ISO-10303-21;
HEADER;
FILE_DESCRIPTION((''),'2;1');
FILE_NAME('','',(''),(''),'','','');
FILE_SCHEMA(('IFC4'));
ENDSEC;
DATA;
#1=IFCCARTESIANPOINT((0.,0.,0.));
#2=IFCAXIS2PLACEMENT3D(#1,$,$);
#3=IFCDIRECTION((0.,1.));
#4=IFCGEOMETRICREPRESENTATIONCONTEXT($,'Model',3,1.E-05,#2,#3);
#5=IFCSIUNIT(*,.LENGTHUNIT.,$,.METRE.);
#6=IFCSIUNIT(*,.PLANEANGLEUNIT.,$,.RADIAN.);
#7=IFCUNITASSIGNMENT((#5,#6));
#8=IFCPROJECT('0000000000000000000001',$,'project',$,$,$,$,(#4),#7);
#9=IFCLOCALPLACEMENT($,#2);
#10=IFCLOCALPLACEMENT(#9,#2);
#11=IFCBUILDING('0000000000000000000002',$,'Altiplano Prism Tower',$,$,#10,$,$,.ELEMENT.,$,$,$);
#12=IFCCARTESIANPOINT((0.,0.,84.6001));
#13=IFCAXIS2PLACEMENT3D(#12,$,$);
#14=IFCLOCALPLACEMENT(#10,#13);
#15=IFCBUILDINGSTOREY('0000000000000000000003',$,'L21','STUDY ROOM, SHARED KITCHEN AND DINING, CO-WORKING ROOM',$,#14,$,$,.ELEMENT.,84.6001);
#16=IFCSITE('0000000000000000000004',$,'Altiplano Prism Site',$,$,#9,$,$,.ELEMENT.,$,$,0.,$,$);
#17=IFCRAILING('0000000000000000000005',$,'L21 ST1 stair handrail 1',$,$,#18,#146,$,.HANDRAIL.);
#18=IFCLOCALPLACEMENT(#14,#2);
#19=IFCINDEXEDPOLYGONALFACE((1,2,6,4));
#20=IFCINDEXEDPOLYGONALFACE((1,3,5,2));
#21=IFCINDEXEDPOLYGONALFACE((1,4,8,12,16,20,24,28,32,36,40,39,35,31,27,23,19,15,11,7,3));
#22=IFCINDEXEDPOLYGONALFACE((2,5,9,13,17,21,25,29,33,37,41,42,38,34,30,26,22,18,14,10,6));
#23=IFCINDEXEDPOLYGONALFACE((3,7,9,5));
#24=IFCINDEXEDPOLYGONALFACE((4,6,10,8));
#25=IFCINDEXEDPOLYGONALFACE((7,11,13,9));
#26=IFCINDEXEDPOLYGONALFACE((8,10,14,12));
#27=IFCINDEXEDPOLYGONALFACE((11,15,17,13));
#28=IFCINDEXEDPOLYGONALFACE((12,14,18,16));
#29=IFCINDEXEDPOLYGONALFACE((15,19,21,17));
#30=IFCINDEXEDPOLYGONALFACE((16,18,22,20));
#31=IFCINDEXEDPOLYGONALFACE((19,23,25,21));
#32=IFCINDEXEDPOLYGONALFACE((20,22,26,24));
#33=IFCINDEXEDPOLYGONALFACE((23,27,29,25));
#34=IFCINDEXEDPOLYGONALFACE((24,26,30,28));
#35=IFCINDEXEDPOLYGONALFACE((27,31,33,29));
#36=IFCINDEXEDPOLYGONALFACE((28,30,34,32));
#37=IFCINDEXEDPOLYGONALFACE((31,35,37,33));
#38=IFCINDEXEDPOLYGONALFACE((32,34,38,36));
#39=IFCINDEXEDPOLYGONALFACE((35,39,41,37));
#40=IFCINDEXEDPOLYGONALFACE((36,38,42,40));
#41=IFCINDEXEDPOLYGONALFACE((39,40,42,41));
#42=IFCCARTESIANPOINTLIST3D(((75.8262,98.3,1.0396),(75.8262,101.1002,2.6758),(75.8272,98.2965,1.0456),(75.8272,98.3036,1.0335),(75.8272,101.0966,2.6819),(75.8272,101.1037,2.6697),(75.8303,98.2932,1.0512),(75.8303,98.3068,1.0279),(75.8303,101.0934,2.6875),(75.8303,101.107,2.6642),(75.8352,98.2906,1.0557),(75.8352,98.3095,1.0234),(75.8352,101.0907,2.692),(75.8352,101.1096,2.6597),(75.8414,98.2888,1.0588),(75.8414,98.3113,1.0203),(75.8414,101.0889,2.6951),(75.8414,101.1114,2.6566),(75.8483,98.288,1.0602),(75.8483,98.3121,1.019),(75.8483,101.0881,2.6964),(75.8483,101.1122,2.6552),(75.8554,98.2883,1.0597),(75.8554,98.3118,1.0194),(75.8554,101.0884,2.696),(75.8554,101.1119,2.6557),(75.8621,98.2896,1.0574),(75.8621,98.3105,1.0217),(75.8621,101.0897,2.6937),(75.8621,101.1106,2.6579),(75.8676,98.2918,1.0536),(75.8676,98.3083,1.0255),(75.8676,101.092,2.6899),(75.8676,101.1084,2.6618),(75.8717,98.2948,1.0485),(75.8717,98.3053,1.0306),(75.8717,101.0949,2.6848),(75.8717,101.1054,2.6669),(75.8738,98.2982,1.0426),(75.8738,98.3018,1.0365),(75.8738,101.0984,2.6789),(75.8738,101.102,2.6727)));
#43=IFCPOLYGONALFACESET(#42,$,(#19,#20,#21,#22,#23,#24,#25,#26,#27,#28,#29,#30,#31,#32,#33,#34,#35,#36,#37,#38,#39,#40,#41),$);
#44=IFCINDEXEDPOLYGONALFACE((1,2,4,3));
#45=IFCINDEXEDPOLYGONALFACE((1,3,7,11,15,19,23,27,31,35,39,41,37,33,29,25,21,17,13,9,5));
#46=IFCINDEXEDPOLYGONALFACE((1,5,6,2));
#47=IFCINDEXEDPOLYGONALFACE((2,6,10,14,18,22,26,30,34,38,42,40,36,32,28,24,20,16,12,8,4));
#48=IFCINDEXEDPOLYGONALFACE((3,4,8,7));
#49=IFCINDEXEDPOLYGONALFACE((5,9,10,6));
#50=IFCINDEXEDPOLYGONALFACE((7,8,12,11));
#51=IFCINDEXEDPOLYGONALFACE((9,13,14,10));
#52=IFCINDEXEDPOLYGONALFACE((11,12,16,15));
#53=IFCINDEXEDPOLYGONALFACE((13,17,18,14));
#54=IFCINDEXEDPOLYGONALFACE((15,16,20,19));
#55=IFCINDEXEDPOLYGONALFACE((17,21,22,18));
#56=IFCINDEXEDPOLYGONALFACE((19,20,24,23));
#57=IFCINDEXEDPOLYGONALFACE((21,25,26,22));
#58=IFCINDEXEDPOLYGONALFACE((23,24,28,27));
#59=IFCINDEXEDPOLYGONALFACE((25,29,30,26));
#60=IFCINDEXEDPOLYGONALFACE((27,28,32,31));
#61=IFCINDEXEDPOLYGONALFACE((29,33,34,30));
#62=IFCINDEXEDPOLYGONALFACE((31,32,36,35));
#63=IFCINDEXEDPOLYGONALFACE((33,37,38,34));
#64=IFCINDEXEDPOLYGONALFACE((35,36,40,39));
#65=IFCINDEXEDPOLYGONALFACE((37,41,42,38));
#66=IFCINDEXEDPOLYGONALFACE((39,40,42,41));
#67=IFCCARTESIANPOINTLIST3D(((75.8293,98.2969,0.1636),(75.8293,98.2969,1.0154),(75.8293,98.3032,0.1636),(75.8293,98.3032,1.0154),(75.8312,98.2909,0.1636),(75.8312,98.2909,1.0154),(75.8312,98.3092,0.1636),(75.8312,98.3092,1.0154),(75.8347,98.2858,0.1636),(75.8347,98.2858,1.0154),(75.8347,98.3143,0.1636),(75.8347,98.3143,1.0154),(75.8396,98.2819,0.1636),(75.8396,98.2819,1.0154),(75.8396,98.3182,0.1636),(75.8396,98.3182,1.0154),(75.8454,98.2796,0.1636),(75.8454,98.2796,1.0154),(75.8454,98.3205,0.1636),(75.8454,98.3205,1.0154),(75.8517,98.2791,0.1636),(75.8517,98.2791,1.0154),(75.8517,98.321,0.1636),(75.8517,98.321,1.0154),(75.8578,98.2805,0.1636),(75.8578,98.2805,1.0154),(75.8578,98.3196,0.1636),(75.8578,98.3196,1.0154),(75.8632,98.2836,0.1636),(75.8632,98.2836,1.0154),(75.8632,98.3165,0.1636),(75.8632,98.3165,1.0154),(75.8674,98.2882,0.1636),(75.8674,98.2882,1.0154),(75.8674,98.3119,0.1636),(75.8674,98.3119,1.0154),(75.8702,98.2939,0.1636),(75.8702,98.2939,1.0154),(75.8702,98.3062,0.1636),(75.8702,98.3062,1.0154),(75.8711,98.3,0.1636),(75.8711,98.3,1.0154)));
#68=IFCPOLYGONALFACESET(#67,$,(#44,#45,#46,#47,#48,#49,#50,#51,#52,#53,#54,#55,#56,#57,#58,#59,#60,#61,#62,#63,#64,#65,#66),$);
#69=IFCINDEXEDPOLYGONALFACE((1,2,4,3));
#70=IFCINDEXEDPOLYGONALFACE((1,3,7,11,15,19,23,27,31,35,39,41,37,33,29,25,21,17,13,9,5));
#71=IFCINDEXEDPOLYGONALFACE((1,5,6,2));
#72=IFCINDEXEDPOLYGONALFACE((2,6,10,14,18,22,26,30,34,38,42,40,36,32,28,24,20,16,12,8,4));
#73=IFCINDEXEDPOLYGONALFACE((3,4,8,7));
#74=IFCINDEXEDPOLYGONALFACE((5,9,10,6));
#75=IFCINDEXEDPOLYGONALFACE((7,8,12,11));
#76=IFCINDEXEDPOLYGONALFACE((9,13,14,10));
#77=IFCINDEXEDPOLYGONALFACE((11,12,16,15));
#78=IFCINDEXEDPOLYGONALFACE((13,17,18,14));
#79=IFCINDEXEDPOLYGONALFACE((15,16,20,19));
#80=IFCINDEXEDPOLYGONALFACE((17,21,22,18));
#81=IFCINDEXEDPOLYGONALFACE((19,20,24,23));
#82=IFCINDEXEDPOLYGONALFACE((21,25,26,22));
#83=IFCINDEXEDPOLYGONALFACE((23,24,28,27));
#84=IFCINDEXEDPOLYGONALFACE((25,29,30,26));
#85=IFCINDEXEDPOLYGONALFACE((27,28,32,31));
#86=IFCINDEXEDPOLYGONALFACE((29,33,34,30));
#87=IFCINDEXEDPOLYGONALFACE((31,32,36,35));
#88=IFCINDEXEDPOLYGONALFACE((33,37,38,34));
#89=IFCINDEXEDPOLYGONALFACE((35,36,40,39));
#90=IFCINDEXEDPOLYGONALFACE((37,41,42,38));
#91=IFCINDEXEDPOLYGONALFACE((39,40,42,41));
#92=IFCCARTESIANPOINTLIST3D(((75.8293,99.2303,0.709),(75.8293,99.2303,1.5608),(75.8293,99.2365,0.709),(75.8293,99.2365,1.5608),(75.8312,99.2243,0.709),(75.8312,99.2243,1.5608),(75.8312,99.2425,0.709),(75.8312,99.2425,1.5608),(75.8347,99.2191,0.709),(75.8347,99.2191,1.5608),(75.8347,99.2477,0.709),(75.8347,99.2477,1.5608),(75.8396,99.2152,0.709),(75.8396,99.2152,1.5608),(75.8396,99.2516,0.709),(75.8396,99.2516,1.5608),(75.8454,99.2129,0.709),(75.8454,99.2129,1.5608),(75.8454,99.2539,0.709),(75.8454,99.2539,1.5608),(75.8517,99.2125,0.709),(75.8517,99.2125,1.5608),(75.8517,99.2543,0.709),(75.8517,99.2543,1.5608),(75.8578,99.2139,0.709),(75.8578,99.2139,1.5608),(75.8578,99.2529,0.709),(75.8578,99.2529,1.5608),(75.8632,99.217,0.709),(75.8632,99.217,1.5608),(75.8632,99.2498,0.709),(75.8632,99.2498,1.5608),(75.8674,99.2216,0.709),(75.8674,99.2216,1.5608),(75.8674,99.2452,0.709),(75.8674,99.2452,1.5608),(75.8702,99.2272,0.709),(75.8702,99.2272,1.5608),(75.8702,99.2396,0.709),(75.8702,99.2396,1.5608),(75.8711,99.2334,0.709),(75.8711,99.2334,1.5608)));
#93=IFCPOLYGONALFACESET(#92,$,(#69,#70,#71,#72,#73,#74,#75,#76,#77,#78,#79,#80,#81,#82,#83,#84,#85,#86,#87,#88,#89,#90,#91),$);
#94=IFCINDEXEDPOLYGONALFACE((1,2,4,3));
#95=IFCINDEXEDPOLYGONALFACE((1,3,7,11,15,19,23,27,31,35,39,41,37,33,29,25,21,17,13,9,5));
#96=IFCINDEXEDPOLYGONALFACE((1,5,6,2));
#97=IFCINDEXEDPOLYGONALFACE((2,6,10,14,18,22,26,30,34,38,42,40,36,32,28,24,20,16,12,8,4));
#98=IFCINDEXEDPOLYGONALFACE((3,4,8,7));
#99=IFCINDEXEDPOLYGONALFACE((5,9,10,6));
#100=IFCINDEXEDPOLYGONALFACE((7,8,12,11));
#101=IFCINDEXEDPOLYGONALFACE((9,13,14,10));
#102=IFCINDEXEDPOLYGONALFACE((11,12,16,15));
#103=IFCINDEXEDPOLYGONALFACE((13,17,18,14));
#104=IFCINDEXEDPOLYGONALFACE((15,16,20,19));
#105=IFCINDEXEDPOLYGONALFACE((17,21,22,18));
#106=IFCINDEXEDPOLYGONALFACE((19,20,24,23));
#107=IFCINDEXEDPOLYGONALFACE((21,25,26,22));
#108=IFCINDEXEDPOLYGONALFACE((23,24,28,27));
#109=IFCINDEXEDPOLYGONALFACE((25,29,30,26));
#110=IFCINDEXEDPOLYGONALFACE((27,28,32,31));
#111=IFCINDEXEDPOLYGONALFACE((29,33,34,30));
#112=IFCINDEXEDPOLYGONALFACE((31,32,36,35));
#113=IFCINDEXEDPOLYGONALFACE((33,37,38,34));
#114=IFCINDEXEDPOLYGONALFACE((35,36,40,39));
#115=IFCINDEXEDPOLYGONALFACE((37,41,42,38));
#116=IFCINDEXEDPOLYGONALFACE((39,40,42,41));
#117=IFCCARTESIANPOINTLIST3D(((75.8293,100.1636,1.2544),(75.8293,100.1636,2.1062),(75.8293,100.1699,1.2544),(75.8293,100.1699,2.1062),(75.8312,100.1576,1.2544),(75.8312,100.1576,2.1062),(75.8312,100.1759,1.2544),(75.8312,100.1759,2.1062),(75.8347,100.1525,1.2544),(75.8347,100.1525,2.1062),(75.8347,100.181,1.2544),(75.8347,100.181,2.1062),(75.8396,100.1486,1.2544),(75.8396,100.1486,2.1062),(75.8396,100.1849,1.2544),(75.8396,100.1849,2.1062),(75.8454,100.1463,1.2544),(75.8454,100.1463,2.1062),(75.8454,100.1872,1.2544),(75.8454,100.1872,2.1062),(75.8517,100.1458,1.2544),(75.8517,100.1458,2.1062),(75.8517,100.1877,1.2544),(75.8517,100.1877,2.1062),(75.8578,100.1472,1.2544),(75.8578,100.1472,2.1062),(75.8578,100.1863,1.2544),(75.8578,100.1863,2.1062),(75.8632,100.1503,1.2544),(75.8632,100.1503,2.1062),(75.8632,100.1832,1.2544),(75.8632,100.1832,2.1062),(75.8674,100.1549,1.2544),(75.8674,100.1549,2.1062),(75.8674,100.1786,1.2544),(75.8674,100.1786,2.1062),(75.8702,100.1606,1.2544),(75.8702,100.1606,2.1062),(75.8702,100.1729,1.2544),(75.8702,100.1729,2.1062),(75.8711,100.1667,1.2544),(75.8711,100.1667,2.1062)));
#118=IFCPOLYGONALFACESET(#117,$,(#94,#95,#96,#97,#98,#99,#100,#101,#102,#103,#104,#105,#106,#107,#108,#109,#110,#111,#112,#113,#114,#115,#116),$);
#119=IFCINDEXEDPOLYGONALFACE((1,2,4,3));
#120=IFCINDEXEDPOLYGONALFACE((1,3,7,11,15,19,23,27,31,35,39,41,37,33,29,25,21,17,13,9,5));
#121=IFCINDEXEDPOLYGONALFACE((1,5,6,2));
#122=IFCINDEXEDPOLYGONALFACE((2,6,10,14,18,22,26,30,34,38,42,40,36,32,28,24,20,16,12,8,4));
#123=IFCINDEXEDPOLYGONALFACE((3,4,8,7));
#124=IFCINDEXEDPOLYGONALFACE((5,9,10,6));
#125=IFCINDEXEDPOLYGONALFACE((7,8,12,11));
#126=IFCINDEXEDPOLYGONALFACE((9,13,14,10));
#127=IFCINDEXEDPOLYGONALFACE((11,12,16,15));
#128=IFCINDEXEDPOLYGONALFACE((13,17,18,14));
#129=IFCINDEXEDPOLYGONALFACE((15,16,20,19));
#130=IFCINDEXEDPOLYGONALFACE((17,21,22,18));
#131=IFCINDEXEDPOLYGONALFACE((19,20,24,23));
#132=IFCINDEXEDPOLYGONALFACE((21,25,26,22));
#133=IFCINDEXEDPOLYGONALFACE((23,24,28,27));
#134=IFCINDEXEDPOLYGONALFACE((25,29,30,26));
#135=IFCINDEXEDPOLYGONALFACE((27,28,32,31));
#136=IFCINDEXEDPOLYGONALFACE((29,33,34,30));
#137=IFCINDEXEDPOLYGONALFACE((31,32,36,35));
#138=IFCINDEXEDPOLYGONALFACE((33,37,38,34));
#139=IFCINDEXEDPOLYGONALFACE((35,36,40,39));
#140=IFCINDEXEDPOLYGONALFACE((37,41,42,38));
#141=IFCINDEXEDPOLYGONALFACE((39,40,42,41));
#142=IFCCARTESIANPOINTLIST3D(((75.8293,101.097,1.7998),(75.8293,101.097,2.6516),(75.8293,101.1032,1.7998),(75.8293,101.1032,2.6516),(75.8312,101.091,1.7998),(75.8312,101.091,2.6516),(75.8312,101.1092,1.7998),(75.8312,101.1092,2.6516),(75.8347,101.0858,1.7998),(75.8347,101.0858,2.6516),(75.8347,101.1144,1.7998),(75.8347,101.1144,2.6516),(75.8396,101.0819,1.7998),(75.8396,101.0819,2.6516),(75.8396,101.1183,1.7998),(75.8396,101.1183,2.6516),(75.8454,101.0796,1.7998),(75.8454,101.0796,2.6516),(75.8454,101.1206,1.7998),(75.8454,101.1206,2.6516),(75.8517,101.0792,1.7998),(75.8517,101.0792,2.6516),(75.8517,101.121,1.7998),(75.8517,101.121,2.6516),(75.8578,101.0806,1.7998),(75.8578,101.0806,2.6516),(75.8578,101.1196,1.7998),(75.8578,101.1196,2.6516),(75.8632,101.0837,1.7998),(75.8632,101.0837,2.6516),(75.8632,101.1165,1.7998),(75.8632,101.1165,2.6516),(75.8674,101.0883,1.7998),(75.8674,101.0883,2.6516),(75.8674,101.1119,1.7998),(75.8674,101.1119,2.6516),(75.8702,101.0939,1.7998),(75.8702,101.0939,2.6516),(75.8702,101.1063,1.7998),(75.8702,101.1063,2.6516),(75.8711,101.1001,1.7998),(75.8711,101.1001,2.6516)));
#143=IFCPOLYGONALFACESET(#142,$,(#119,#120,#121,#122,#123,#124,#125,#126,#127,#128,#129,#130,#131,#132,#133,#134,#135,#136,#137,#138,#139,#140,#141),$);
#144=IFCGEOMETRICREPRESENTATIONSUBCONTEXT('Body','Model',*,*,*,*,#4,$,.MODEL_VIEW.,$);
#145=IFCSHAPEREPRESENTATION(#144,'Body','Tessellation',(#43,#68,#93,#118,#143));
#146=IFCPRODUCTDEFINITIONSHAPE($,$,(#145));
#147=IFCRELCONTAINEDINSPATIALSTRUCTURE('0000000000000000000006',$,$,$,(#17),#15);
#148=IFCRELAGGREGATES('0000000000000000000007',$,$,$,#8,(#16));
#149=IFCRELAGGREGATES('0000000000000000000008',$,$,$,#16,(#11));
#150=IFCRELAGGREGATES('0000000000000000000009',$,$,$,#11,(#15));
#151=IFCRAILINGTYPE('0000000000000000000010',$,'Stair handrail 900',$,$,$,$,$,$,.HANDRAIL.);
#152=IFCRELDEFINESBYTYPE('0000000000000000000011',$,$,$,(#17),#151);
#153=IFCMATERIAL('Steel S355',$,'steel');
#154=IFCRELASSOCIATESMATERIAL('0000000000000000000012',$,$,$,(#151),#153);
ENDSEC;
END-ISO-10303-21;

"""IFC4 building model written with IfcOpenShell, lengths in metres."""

from ifc_helpers import new_model, si_unit, direction, frame, origin, origin_2d, place, context, subcontext, project, spatial, circle, extrude, material, type_object, element, save


model = new_model("IFC4")

# Units and contexts
model_context = context("Model", 3, precision=1e-05, world=origin(), true_north=direction((0.0, 1.0)))
body_context = subcontext(model_context, "Body", "Model", "MODEL_VIEW")
ifc_project = project(units=[si_unit("LENGTHUNIT", "METRE"), si_unit("PLANEANGLEUNIT", "RADIAN")], contexts=[model_context])

# Site, building, storey
site_placement = place(None, origin())
site = spatial("IfcSite", under=ifc_project, at=site_placement, Name="Altiplano Prism Site", CompositionType="ELEMENT", RefElevation=0.0)
building_placement = place(site_placement, origin())
building = spatial("IfcBuilding", under=site, at=building_placement, Name="Altiplano Prism Tower", CompositionType="ELEMENT")
storey_placement = place(building_placement, frame((0.0, 0.0, 84.6001)))
storey = spatial("IfcBuildingStorey", under=building, at=storey_placement, Name="L21", Description="STUDY ROOM, SHARED KITCHEN AND DINING, CO-WORKING ROOM", CompositionType="ELEMENT", Elevation=84.6001)

# Railing
ifc_material_1 = material(Name="Steel S355", Category="steel")
railing_type_1 = type_object("IfcRailingType", Name="Stair handrail 900", PredefinedType="HANDRAIL", material=ifc_material_1)
railing_1_placement = place(storey_placement, frame((75.8501, 98.3, 0.1636)))
element("IfcRailing", 1, at=railing_1_placement, inside=storey, type_object=railing_type_1, Name="L21 ST1 stair handrail 1", PredefinedType="HANDRAIL", context=body_context, shape_type="SweptSolid", body=[
    extrude(circle(Radius=0.0239, at=origin_2d()), frame((0.0, 0.0, 0.876), z_axis=(0.0, 0.863394, 0.504531), x_axis=(-1.0, 0.0, 0.0)), (0.0, 0.0, 1.0), 3.2432),
    extrude(circle(Radius=0.021, at=origin_2d()), origin(), (0.0, 0.0, 1.0), 0.8518),
    extrude(circle(Radius=0.021, at=origin_2d()), frame((0.0, 0.9333, 0.5454)), (0.0, 0.0, 1.0), 0.8518),
    extrude(circle(Radius=0.021, at=origin_2d()), frame((0.0, 1.8667, 1.0908)), (0.0, 0.0, 1.0), 0.8518),
    extrude(circle(Radius=0.021, at=origin_2d()), frame((0.0, 2.8, 1.6362)), (0.0, 0.0, 1.0), 0.8518),
])

save(model, "model.ifc")
